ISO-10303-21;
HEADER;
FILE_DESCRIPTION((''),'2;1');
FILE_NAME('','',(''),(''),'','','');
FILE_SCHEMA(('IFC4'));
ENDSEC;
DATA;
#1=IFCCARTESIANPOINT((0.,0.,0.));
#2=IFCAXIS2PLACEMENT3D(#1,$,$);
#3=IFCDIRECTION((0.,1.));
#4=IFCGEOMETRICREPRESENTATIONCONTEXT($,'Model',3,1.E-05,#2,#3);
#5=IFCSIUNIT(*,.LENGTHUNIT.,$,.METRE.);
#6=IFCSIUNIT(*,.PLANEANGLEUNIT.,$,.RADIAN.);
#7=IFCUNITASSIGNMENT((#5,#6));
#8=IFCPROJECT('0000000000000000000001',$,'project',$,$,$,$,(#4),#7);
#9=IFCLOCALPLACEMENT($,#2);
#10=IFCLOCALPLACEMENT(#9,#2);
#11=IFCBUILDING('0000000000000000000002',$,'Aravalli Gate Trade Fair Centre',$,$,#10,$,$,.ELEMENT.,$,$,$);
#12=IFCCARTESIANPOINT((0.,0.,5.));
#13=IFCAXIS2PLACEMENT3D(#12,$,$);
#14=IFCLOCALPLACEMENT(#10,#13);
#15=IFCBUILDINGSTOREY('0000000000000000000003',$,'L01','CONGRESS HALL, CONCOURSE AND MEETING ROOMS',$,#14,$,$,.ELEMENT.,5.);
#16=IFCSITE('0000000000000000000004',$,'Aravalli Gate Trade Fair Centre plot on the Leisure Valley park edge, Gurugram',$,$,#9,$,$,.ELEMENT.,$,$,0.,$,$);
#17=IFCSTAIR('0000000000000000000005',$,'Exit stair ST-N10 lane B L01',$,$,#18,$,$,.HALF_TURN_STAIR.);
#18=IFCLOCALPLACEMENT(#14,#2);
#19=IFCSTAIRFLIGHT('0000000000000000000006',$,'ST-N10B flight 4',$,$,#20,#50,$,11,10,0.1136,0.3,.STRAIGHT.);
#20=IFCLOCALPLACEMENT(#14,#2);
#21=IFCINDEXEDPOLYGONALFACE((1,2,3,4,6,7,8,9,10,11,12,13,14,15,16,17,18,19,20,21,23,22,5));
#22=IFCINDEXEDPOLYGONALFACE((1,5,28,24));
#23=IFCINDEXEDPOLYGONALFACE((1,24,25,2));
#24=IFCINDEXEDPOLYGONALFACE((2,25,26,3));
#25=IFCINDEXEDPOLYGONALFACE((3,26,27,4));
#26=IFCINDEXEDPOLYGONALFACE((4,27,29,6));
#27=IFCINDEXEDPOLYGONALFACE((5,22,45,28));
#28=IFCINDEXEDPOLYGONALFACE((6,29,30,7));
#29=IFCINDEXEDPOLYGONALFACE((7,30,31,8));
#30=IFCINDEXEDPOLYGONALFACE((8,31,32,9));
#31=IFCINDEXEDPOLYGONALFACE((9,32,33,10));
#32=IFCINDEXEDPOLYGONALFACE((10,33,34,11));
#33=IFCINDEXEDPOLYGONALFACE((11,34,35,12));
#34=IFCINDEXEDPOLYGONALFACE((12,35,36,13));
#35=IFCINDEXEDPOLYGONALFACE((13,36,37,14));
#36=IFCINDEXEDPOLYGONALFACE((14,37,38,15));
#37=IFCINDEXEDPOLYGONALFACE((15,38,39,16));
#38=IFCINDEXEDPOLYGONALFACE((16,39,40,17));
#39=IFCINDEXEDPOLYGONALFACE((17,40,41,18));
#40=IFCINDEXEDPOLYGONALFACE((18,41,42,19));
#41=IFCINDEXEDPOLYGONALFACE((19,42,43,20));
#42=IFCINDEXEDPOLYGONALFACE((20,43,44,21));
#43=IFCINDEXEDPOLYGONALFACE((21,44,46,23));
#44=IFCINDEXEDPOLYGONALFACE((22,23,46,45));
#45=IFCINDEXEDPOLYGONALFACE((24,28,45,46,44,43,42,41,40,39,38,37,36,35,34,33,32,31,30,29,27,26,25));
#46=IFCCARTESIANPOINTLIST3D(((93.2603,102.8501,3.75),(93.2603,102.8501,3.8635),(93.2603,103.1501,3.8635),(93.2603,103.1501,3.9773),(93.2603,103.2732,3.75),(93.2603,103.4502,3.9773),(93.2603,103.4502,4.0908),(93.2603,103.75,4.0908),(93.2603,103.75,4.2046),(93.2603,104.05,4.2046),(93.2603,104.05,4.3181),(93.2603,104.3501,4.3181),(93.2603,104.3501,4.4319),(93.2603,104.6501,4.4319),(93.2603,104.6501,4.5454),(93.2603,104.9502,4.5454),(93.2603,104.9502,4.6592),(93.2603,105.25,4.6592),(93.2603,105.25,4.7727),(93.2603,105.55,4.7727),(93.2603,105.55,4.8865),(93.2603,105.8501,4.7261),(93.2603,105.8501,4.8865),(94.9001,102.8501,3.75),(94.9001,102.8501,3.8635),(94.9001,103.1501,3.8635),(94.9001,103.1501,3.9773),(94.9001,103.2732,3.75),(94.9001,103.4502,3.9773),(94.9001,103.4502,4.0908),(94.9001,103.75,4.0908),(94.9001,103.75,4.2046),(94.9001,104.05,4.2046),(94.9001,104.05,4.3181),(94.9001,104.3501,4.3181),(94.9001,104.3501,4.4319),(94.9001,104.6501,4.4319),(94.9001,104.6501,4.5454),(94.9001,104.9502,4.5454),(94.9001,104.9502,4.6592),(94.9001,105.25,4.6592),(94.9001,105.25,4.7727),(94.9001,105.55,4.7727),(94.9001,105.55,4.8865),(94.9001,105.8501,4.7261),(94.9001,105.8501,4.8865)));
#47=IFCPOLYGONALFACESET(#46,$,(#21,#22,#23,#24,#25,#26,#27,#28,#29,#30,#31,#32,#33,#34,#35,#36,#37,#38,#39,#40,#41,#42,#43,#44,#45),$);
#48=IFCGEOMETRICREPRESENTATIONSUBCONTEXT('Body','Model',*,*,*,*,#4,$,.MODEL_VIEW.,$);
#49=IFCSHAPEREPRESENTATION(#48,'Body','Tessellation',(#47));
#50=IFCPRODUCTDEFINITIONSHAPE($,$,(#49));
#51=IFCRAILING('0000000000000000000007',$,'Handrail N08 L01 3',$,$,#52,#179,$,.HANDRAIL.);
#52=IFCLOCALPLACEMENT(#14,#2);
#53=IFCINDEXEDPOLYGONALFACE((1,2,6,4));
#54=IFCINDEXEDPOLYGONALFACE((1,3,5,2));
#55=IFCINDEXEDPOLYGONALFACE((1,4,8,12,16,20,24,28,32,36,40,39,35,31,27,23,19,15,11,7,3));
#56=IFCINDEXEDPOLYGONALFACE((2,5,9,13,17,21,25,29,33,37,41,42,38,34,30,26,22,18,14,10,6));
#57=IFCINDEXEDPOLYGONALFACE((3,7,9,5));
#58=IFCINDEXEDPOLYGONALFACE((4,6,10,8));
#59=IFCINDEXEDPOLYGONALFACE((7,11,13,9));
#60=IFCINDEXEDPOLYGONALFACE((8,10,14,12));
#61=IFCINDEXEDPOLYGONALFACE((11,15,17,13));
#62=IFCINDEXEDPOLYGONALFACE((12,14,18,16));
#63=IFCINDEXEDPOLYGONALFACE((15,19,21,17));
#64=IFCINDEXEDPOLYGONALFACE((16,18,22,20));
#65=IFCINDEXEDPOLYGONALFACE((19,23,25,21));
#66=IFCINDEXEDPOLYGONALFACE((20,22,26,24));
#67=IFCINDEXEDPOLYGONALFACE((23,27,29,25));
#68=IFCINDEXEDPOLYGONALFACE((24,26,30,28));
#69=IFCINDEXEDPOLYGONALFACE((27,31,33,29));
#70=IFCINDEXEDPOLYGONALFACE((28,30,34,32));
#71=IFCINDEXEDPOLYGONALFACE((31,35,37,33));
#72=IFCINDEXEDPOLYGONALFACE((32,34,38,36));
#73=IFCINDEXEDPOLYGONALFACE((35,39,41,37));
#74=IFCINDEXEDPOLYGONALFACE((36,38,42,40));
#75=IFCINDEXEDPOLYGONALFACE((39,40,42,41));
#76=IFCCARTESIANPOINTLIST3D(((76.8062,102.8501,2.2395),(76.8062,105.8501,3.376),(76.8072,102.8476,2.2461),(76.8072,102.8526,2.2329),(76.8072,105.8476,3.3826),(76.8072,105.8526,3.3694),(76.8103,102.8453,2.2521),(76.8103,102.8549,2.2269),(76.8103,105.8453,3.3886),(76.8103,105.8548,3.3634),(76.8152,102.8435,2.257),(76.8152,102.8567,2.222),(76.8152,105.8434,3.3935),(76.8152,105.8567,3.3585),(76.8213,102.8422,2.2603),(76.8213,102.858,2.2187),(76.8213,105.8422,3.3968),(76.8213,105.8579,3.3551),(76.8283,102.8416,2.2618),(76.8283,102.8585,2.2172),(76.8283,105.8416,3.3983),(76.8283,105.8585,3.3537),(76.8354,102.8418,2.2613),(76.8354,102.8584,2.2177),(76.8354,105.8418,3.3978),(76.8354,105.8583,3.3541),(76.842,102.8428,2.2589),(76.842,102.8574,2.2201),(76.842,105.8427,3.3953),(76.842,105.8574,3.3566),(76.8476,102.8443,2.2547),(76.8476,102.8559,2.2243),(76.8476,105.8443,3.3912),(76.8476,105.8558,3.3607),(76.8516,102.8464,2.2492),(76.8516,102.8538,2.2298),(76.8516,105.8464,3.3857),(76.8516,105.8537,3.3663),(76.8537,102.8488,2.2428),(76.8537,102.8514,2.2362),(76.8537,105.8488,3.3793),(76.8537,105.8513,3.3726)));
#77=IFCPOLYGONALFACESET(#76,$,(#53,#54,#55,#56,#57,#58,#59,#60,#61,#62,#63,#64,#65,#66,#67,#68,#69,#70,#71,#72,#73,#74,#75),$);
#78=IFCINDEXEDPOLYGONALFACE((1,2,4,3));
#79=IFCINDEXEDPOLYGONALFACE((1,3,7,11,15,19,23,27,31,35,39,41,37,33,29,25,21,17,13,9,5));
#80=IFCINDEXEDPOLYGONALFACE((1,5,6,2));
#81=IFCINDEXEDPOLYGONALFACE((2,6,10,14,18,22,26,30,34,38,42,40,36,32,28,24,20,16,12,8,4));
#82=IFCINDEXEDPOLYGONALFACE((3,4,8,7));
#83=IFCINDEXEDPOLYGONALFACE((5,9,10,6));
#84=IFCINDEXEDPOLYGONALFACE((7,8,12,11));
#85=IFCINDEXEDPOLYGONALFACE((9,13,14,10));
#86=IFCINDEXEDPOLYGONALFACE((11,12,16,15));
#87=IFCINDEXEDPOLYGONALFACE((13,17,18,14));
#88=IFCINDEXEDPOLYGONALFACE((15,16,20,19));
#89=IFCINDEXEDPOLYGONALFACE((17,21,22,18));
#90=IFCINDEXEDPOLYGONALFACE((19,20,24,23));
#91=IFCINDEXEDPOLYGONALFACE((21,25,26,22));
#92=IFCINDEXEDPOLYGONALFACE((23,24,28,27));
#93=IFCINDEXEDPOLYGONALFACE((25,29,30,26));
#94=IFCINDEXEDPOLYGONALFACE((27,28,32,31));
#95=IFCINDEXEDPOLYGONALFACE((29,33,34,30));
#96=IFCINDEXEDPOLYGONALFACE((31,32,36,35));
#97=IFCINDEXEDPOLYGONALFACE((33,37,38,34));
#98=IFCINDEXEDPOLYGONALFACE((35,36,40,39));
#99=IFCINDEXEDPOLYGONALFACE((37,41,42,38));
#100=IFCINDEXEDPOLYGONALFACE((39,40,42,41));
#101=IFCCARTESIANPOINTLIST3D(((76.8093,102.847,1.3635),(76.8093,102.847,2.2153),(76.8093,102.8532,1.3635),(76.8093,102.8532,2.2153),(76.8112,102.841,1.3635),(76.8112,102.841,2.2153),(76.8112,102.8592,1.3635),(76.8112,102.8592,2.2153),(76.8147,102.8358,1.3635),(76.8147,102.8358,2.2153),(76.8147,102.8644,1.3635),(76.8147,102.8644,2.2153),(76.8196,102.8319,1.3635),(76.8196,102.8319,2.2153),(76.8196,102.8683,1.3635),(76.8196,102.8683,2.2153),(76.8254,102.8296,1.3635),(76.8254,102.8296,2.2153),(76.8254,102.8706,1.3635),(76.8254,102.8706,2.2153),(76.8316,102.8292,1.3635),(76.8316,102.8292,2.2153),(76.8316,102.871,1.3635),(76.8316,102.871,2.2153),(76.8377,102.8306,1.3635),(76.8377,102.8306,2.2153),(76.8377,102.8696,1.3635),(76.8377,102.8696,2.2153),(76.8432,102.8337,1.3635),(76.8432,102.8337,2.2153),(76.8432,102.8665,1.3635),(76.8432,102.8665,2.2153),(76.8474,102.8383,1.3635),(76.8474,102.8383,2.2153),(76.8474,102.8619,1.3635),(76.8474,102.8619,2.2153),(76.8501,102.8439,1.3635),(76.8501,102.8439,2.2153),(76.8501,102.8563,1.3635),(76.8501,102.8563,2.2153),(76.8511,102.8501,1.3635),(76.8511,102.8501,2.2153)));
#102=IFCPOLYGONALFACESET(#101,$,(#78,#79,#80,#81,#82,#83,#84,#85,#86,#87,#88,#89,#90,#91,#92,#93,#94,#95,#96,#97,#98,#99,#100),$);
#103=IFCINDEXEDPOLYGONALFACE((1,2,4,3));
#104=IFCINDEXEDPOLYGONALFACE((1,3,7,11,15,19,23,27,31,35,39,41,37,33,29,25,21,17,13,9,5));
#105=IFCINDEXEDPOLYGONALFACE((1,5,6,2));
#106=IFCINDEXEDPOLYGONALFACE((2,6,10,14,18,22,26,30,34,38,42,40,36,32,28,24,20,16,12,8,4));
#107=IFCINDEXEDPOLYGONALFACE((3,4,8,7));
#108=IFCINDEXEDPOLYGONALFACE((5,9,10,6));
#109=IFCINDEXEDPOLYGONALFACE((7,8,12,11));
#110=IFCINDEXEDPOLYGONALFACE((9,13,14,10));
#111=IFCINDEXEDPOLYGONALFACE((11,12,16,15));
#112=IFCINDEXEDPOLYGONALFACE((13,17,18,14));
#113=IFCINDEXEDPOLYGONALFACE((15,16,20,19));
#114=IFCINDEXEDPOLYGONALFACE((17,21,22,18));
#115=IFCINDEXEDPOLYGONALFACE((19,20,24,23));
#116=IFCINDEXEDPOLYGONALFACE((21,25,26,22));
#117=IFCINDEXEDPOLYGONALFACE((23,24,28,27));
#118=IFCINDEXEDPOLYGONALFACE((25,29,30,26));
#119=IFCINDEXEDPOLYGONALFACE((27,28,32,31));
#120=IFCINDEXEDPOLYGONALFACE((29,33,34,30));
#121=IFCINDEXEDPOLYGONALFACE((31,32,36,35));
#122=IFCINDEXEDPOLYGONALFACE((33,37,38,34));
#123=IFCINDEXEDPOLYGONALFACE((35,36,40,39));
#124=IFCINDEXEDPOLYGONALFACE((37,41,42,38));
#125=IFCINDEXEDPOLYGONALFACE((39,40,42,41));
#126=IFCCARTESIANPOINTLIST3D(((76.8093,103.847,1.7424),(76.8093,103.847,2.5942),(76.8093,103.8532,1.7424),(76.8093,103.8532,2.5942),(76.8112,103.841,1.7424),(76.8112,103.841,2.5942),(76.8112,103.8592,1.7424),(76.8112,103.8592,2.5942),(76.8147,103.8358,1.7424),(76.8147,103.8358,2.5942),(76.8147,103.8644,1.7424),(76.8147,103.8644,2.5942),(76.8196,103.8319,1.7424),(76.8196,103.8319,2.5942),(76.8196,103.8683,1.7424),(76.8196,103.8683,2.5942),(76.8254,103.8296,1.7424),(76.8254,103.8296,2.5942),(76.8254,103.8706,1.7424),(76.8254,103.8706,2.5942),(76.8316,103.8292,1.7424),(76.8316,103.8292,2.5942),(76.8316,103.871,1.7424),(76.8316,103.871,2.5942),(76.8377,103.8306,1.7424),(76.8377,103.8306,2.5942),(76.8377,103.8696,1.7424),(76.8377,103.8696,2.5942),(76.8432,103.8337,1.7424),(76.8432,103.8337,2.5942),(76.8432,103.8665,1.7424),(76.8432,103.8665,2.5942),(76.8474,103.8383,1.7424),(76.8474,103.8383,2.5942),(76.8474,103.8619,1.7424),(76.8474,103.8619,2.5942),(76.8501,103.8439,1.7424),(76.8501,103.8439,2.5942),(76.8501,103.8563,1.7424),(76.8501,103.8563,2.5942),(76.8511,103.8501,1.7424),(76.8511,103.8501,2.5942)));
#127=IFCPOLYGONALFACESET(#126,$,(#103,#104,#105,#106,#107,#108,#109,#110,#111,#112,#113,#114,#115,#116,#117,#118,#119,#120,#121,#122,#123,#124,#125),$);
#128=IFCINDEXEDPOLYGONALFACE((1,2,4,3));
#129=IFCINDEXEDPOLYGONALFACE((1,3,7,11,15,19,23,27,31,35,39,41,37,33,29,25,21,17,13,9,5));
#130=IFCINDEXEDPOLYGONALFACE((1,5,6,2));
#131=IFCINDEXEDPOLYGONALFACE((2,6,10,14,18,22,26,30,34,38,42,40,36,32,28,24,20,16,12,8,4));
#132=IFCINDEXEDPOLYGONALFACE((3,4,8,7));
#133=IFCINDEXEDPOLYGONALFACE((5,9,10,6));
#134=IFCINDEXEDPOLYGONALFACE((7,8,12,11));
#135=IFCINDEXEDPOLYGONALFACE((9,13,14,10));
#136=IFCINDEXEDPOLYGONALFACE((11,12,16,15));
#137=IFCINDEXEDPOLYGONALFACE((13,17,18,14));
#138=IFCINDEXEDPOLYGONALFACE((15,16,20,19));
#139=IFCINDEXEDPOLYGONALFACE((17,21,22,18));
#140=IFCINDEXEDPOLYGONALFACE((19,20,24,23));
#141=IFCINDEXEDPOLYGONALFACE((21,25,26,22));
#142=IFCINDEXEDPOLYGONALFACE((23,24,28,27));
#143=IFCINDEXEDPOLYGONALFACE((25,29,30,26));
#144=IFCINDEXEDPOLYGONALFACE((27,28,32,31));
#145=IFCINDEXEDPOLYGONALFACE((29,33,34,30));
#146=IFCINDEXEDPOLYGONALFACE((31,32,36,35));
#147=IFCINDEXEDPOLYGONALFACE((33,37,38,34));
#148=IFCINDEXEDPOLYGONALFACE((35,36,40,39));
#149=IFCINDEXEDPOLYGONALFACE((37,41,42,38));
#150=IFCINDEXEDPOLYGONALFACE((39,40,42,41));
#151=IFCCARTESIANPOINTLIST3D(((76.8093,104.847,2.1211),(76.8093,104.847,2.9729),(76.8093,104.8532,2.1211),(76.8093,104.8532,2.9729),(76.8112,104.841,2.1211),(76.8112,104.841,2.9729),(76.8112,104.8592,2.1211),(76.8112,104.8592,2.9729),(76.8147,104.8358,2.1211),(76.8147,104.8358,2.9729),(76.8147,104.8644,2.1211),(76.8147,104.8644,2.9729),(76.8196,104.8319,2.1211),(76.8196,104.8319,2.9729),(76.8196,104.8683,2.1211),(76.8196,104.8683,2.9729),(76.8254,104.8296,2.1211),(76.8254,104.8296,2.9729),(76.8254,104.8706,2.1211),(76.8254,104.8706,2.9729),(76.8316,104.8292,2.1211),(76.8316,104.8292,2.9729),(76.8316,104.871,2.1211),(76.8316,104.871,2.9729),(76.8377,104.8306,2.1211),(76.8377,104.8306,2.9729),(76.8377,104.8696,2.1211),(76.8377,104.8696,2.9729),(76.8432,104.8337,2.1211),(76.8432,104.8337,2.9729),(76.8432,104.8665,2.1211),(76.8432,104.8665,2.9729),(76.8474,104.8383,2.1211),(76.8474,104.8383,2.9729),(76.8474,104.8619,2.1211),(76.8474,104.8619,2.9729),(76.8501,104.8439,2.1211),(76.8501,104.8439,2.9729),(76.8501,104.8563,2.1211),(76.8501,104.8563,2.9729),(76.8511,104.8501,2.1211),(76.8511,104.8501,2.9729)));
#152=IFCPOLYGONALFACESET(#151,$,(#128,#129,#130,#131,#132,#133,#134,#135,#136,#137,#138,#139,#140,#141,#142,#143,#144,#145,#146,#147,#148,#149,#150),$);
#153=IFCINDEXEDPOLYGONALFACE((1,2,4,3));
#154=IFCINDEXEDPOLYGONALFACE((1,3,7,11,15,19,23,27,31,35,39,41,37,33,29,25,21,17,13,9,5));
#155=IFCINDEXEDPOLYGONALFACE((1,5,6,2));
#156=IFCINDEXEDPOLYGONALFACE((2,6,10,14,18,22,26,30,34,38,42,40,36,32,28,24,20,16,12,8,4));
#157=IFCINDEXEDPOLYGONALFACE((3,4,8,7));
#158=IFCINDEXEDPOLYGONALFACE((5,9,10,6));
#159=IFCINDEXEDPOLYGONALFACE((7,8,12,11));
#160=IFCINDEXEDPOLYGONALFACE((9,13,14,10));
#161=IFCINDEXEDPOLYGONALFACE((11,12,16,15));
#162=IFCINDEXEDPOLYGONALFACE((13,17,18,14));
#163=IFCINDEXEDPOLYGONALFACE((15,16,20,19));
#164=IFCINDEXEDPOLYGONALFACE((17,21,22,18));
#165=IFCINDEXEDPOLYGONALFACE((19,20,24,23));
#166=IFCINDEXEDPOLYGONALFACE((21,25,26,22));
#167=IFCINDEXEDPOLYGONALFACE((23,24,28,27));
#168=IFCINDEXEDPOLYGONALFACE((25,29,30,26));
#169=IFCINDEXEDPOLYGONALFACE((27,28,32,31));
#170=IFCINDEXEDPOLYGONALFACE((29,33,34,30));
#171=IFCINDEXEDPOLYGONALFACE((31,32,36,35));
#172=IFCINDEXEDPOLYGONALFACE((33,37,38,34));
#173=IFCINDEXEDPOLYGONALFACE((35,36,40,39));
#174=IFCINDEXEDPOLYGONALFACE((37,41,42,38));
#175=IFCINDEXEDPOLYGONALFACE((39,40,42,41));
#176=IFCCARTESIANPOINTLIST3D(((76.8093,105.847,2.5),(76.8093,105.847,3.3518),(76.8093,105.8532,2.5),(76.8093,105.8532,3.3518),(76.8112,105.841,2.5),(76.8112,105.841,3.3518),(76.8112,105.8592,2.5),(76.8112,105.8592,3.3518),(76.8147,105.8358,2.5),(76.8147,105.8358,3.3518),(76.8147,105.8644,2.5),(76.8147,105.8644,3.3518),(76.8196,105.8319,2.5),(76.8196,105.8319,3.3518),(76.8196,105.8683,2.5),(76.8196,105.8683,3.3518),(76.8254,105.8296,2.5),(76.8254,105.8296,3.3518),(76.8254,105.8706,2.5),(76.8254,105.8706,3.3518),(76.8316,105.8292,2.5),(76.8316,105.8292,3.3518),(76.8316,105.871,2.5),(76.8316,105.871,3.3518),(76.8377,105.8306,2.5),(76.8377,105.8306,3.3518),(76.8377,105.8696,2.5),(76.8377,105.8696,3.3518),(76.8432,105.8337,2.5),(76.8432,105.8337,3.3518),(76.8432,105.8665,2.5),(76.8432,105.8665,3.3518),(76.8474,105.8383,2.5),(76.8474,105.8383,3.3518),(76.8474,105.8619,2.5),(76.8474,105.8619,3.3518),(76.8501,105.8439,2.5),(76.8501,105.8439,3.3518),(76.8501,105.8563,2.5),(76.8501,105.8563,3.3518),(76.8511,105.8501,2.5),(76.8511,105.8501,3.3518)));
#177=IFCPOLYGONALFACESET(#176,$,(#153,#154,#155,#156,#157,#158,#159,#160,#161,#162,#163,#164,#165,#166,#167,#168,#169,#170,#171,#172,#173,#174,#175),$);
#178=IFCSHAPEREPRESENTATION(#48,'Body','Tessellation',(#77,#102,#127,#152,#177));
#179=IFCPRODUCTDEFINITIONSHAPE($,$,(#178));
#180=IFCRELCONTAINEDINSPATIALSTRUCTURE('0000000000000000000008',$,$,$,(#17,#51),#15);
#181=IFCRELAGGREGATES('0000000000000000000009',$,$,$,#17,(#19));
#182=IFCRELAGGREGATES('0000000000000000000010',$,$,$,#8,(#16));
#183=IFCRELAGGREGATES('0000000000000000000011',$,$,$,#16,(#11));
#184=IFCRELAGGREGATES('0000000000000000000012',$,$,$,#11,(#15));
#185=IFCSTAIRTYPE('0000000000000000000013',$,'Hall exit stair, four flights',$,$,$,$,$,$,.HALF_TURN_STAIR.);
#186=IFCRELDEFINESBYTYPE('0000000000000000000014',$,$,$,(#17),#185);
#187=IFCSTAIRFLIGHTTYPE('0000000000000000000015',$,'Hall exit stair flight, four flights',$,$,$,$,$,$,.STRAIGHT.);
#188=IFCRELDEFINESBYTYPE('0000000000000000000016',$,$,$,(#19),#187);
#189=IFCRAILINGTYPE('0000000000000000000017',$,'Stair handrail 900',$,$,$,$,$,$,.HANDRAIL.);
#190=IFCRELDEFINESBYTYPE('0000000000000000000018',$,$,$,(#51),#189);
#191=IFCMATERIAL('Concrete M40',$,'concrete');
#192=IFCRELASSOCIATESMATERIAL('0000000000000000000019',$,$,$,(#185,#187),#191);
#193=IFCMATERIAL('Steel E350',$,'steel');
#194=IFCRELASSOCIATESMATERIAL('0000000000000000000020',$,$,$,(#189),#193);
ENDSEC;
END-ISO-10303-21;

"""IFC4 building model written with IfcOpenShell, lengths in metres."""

from ifc_helpers import new_model, si_unit, direction, frame, origin, origin_2d, place, context, subcontext, project, spatial, polyline, circle, outline, extrude, material, type_object, element, aggregate, save


model = new_model("IFC4")

# Units and contexts
model_context = context("Model", 3, precision=1e-05, world=origin(), true_north=direction((0.0, 1.0)))
body_context = subcontext(model_context, "Body", "Model", "MODEL_VIEW")
ifc_project = project(units=[si_unit("LENGTHUNIT", "METRE"), si_unit("PLANEANGLEUNIT", "RADIAN")], contexts=[model_context])

# Site, building, storey
site_placement = place(None, origin())
site = spatial("IfcSite", under=ifc_project, at=site_placement, Name="Aravalli Gate Trade Fair Centre plot on the Leisure Valley park edge, Gurugram", CompositionType="ELEMENT", RefElevation=0.0)
building_placement = place(site_placement, origin())
building = spatial("IfcBuilding", under=site, at=building_placement, Name="Aravalli Gate Trade Fair Centre", CompositionType="ELEMENT")
storey_placement = place(building_placement, frame((0.0, 0.0, 5.0)))
storey = spatial("IfcBuildingStorey", under=building, at=storey_placement, Name="L01", Description="CONGRESS HALL, CONCOURSE AND MEETING ROOMS", CompositionType="ELEMENT", Elevation=5.0)

# Shared definitions
ifc_material_1 = material(Name="Concrete M40", Category="concrete")

# Stair, stair flight
stair_type = type_object("IfcStairType", Name="Hall exit stair, four flights", PredefinedType="HALF_TURN_STAIR", material=ifc_material_1)
stair_flight_type = type_object("IfcStairFlightType", Name="Hall exit stair flight, four flights", PredefinedType="STRAIGHT", material=ifc_material_1)
stair_1_placement = place(storey_placement, origin())
stair_1 = element("IfcStair", 1, at=stair_1_placement, inside=storey, type_object=stair_type, Name="Exit stair ST-N10 lane B L01", PredefinedType="HALF_TURN_STAIR")
stair_flight_1_placement = place(storey_placement, frame((94.0801, 102.8501, 3.75), z_axis=(0.0, 0.0, 1.0), x_axis=(0.0, 1.0, 0.0)))
stair_flight_1 = element("IfcStairFlight", 2, at=stair_flight_1_placement, type_object=stair_flight_type, Name="ST-N10B flight 4", NumberOfRisers=11, NumberOfTreads=10, PredefinedType="STRAIGHT", RiserHeight=0.1136, TreadLength=0.3, context=body_context, shape_type="SweptSolid", body=[
    extrude(outline(polyline([(0.0, 0.0), (0.0, 0.1135), (0.3, 0.1135), (0.3, 0.2273), (0.6001, 0.2273), (0.6001, 0.3408), (0.8999, 0.3408), (0.8999, 0.4546), (1.2, 0.4546), (1.2, 0.5681), (1.5, 0.5681), (1.5, 0.6819), (1.8, 0.6819), (1.8, 0.7954), (2.1001, 0.7954), (2.1001, 0.9092), (2.3999, 0.9092), (2.3999, 1.0227), (2.7, 1.0227), (2.7, 1.1365), (3.0, 1.1365), (3.0, 1.25), (3.0, 0.9761), (0.4231, 0.0), (0.0, 0.0)])), frame((0.0, 0.8198, 0.0), z_axis=(0.0, -1.0, 0.0), x_axis=(1.0, 0.0, 0.0)), (0.0, 0.0, 1.0), 1.6399),
])
aggregate(stair_1, [stair_flight_1])

# Railing
ifc_material_2 = material(Name="Steel E350", Category="steel")
railing_type = type_object("IfcRailingType", Name="Stair handrail 900", PredefinedType="HANDRAIL", material=ifc_material_2)
for number, where, name in (
    (3, (76.8301, 102.8501, 1.3635), "Handrail N08 L01 3"),
):
    element("IfcRailing", number, at=place(storey_placement, frame(where)), inside=storey, type_object=railing_type, Name=name, PredefinedType="HANDRAIL", context=body_context, shape_type="SweptSolid", body=[
        extrude(circle(Radius=0.0239, at=origin_2d()), frame((0.0, 0.0, 0.876), z_axis=(0.0, 0.935148, 0.354257), x_axis=(-1.0, 0.0, 0.0)), (0.0, 0.0, 1.0), 3.208),
        extrude(circle(Radius=0.021, at=origin_2d()), origin(), (0.0, 0.0, 1.0), 0.8518),
        extrude(circle(Radius=0.021, at=origin_2d()), frame((0.0, 1.0, 0.3789)), (0.0, 0.0, 1.0), 0.8518),
        extrude(circle(Radius=0.021, at=origin_2d()), frame((0.0, 2.0, 0.7576)), (0.0, 0.0, 1.0), 0.8518),
        extrude(circle(Radius=0.021, at=origin_2d()), frame((0.0, 3.0, 1.1365)), (0.0, 0.0, 1.0), 0.8518),
    ])

save(model, "model.ifc")
